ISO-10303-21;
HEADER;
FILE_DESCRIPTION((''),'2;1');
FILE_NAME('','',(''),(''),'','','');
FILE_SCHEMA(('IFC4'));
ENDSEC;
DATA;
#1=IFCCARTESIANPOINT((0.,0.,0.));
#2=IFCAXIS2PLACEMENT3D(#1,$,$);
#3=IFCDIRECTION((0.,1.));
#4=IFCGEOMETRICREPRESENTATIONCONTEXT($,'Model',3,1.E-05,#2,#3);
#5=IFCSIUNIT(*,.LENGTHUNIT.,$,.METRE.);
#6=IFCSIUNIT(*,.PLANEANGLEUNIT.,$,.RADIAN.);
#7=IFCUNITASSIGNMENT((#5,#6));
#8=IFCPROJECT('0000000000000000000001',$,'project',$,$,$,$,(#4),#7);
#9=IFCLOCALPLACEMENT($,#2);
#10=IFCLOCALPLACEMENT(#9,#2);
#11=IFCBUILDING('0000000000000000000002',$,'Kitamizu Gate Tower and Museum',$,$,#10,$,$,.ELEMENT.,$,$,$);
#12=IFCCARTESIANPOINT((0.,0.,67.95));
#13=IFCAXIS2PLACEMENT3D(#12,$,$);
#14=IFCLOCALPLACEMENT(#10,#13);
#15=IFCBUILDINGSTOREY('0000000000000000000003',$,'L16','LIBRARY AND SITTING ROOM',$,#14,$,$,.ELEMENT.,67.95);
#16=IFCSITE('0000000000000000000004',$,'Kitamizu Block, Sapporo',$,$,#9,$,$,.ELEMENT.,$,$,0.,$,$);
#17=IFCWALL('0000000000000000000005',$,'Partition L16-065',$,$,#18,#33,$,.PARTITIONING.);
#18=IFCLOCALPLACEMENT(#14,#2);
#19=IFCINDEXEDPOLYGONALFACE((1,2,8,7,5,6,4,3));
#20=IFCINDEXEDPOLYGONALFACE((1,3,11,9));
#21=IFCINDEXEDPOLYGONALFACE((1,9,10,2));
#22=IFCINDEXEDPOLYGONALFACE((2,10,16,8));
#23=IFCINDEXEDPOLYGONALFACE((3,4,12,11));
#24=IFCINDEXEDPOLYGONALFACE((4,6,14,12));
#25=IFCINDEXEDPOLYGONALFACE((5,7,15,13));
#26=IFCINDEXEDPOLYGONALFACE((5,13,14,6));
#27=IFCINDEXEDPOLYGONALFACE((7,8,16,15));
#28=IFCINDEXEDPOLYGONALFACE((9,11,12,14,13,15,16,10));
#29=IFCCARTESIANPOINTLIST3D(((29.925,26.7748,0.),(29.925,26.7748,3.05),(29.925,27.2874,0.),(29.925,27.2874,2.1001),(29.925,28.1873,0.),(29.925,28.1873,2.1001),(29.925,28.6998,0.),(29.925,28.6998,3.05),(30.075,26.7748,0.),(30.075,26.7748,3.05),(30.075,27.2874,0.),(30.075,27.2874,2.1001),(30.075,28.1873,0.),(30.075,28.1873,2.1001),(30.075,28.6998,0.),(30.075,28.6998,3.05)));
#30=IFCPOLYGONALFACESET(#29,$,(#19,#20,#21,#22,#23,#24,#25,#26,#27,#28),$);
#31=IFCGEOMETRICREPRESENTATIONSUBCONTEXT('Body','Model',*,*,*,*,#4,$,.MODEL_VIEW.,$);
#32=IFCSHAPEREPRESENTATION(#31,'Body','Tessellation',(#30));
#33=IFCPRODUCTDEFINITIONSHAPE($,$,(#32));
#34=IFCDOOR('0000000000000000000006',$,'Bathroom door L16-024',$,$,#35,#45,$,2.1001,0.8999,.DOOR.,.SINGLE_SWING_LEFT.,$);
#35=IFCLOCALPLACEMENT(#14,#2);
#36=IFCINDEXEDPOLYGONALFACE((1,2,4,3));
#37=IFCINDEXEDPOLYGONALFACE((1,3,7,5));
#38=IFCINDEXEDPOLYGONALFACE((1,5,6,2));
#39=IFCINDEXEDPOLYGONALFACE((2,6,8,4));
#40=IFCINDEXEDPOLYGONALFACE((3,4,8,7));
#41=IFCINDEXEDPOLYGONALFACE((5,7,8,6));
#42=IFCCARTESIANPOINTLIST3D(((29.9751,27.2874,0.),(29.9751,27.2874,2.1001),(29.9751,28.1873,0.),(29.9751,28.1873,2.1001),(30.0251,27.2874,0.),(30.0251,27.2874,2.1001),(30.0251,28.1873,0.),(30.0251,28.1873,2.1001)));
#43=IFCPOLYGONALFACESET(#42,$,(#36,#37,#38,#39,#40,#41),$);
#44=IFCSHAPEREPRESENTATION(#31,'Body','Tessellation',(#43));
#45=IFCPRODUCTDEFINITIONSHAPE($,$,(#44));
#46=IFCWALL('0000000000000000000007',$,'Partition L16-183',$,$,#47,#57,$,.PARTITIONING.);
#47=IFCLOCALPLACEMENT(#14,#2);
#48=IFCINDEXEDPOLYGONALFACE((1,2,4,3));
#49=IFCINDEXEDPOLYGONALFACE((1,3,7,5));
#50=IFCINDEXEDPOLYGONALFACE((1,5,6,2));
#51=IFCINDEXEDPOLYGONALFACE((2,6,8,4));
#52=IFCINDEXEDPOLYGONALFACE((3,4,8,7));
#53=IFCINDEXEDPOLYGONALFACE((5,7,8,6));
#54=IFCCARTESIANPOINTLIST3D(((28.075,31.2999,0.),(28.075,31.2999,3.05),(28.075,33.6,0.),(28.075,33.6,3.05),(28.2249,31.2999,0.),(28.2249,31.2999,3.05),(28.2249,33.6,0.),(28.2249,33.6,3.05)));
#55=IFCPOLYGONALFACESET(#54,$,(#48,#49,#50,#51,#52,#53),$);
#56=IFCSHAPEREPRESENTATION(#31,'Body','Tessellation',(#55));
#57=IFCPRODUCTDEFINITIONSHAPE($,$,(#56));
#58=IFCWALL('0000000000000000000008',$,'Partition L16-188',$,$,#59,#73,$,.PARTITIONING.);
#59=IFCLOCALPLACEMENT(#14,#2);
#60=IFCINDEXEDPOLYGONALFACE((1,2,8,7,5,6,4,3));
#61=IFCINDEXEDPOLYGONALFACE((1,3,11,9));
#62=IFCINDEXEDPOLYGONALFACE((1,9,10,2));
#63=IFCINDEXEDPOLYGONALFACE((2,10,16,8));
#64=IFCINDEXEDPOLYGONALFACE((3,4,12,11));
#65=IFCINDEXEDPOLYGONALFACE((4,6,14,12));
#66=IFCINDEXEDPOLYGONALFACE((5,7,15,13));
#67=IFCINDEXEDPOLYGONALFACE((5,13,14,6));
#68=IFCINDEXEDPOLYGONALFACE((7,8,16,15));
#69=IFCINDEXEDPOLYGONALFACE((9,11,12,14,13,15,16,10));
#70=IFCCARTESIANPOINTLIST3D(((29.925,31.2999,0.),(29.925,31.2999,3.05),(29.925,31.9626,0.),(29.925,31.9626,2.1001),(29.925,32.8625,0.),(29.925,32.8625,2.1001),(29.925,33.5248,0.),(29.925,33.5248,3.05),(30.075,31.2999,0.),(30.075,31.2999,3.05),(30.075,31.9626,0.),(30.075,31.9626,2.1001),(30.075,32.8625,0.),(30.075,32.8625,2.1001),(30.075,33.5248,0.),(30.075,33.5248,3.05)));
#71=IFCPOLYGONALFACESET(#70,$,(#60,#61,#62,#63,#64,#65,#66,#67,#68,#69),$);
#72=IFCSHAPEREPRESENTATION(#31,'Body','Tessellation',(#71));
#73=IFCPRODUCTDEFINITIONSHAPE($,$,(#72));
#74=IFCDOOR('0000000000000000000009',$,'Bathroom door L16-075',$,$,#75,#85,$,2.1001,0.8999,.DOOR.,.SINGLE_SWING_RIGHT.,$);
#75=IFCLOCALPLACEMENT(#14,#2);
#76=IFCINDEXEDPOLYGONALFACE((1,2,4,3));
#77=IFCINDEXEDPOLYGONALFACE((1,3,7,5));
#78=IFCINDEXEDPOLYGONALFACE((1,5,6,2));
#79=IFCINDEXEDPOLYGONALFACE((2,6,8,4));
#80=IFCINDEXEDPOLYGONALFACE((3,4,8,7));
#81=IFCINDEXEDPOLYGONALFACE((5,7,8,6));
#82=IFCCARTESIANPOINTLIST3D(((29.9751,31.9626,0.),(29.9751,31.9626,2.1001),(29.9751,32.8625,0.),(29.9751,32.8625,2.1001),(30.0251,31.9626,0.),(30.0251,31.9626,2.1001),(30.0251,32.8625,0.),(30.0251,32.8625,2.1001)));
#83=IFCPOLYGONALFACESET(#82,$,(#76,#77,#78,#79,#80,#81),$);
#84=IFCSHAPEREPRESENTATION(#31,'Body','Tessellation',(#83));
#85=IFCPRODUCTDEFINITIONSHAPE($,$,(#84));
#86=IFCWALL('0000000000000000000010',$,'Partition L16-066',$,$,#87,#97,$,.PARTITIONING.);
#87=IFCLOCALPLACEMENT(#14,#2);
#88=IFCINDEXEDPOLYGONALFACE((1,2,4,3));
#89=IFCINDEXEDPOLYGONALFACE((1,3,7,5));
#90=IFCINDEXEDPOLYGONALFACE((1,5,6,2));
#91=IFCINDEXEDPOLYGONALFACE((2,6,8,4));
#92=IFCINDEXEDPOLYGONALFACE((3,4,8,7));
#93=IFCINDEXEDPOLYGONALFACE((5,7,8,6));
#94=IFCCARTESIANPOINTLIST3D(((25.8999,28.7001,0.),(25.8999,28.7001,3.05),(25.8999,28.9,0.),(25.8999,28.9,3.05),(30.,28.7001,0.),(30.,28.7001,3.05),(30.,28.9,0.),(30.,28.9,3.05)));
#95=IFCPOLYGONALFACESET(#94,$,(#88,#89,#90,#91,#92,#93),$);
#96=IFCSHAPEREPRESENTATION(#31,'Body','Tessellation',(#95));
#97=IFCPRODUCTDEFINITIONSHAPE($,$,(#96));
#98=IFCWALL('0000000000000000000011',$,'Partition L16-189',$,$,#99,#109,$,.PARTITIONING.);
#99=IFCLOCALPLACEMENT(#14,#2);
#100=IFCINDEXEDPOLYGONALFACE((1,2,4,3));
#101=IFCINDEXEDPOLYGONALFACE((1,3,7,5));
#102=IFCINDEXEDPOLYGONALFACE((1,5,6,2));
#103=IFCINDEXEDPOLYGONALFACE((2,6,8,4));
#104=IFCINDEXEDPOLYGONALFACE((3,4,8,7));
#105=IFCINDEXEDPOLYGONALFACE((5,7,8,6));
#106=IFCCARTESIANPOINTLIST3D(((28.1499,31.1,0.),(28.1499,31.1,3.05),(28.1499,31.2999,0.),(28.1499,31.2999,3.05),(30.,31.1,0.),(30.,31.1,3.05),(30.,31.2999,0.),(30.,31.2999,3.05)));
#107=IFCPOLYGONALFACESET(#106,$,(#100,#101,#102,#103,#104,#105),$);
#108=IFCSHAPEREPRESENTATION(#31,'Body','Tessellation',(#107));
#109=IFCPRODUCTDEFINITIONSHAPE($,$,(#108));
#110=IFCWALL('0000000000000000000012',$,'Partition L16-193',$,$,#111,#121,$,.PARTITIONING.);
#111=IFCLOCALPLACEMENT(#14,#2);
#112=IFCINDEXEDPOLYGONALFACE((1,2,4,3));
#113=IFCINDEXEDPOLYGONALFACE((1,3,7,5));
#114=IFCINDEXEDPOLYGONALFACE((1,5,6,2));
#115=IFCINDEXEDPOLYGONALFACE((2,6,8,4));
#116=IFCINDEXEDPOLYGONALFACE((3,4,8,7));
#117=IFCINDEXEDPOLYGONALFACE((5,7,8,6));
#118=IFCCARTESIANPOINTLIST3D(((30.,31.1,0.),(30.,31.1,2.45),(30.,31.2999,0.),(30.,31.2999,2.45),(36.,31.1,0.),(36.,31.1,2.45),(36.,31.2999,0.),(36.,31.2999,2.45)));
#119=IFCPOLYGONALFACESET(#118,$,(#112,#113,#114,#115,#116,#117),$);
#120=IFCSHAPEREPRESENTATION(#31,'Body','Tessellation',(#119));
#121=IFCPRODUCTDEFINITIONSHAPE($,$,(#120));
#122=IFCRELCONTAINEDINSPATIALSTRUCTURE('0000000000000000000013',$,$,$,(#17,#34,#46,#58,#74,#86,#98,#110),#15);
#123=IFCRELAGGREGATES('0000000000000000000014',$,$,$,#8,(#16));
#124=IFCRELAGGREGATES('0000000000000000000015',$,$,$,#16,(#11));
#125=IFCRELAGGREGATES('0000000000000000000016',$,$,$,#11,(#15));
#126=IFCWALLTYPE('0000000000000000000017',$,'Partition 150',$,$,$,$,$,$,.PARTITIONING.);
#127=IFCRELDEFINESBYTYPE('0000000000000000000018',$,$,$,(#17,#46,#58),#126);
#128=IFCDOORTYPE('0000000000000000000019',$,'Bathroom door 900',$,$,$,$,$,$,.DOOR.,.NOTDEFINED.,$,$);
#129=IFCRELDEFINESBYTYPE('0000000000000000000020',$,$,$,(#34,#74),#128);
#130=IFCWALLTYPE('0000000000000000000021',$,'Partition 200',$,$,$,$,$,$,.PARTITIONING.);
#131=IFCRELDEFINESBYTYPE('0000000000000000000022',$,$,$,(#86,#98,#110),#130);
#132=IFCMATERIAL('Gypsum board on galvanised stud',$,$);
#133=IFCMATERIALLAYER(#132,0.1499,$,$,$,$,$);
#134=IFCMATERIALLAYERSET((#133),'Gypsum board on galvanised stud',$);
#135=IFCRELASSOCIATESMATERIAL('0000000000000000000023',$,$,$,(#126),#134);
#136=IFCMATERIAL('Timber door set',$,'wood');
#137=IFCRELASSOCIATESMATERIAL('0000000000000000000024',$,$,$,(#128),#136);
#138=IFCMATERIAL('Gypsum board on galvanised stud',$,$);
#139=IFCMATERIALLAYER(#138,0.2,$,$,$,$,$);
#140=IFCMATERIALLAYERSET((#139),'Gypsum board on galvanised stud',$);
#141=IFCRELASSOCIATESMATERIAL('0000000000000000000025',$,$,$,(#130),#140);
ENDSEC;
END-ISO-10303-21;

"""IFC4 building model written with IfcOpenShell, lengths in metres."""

from ifc_helpers import new_model, si_unit, direction, frame, frame_2d, origin, place, context, subcontext, project, spatial, rectangle, extrude, material, layer, layer_set, type_object, element, fill, save


model = new_model("IFC4")

# Units and contexts
model_context = context("Model", 3, precision=1e-05, world=origin(), true_north=direction((0.0, 1.0)))
body_context = subcontext(model_context, "Body", "Model", "MODEL_VIEW")
ifc_project = project(units=[si_unit("LENGTHUNIT", "METRE"), si_unit("PLANEANGLEUNIT", "RADIAN")], contexts=[model_context])

# Site, building, storey
site_placement = place(None, origin())
site = spatial("IfcSite", under=ifc_project, at=site_placement, Name="Kitamizu Block, Sapporo", CompositionType="ELEMENT", RefElevation=0.0)
building_placement = place(site_placement, origin())
building = spatial("IfcBuilding", under=site, at=building_placement, Name="Kitamizu Gate Tower and Museum", CompositionType="ELEMENT")
storey_placement = place(building_placement, frame((0.0, 0.0, 67.95)))
storey = spatial("IfcBuildingStorey", under=building, at=storey_placement, Name="L16", Description="LIBRARY AND SITTING ROOM", CompositionType="ELEMENT", Elevation=67.95)

# Shared definitions
ifc_material_1 = material(Name="Gypsum board on galvanised stud")
ifc_layer_1 = layer(ifc_material_1, 0.1499)
ifc_layer_set_1 = layer_set([ifc_layer_1], Name="Gypsum board on galvanised stud")
wall_type_1 = type_object("IfcWallType", Name="Partition 150", PredefinedType="PARTITIONING", material=ifc_layer_set_1)
ifc_material_2 = material(Name="Timber door set", Category="wood")
door_type_1 = type_object("IfcDoorType", Name="Bathroom door 900", OperationType="NOTDEFINED", PredefinedType="DOOR", material=ifc_material_2)

# Wall, opening, door
wall_1_placement = place(storey_placement, frame((30.0, 26.7749, 0.0), z_axis=(0.0, 0.0, 1.0), x_axis=(0.0, 1.0, 0.0)))
wall_1 = element("IfcWall", 1, at=wall_1_placement, inside=storey, type_object=wall_type_1, Name="Partition L16-065", PredefinedType="PARTITIONING", context=body_context, shape_type="SweptSolid", body=[
    extrude(rectangle(XDim=1.925, YDim=0.1499, at=frame_2d((0.9624, 0.0))), origin(), (0.0, 0.0, 1.0), 3.05),
])
opening_1_placement = place(wall_1_placement, frame((0.5125, 0.0, 0.0)))
opening_1 = element("IfcOpeningElement", 2, at=opening_1_placement, cuts=wall_1, PredefinedType="OPENING", context=body_context, shape_type="SweptSolid", body=[
    extrude(rectangle(XDim=0.8999, YDim=2.1001, at=frame_2d((0.45, 1.05))), frame((0.0, 0.085, 0.0), z_axis=(0.0, -1.0, 0.0), x_axis=(1.0, 0.0, 0.0)), (0.0, 0.0, 1.0), 0.1699),
])
door_1_placement = place(opening_1_placement, origin())
door_1 = element("IfcDoor", 3, at=door_1_placement, inside=storey, type_object=door_type_1, Name="Bathroom door L16-024", OperationType="SINGLE_SWING_LEFT", OverallHeight=2.1001, OverallWidth=0.8999, PredefinedType="DOOR", context=body_context, shape_type="SweptSolid", body=[
    extrude(rectangle(XDim=0.8999, YDim=2.1001, at=frame_2d((0.45, 1.05))), frame((0.0, 0.0249, 0.0), z_axis=(0.0, -1.0, 0.0), x_axis=(1.0, 0.0, 0.0)), (0.0, 0.0, 1.0), 0.05),
])
fill(opening_1, door_1)

# Wall
wall_2_placement = place(storey_placement, frame((28.1499, 31.3, 0.0), z_axis=(0.0, 0.0, 1.0), x_axis=(0.0, 1.0, 0.0)))
element("IfcWall", 4, at=wall_2_placement, inside=storey, type_object=wall_type_1, Name="Partition L16-183", PredefinedType="PARTITIONING", context=body_context, shape_type="SweptSolid", body=[
    extrude(rectangle(XDim=2.3, YDim=0.1499, at=frame_2d((1.1499, 0.0))), origin(), (0.0, 0.0, 1.0), 3.05),
])

# Wall, opening, door
wall_3_placement = place(storey_placement, frame((30.0, 31.3, 0.0), z_axis=(0.0, 0.0, 1.0), x_axis=(0.0, 1.0, 0.0)))
wall_3 = element("IfcWall", 5, at=wall_3_placement, inside=storey, type_object=wall_type_1, Name="Partition L16-188", PredefinedType="PARTITIONING", context=body_context, shape_type="SweptSolid", body=[
    extrude(rectangle(XDim=2.2249, YDim=0.1499, at=frame_2d((1.1123, 0.0))), origin(), (0.0, 0.0, 1.0), 3.05),
])
opening_2_placement = place(wall_3_placement, frame((0.6626, 0.0, 0.0)))
opening_2 = element("IfcOpeningElement", 6, at=opening_2_placement, cuts=wall_3, PredefinedType="OPENING", context=body_context, shape_type="SweptSolid", body=[
    extrude(rectangle(XDim=0.8999, YDim=2.1001, at=frame_2d((0.45, 1.05))), frame((0.0, 0.085, 0.0), z_axis=(0.0, -1.0, 0.0), x_axis=(1.0, 0.0, 0.0)), (0.0, 0.0, 1.0), 0.1699),
])
door_2_placement = place(opening_2_placement, origin())
door_2 = element("IfcDoor", 7, at=door_2_placement, inside=storey, type_object=door_type_1, Name="Bathroom door L16-075", OperationType="SINGLE_SWING_RIGHT", OverallHeight=2.1001, OverallWidth=0.8999, PredefinedType="DOOR", context=body_context, shape_type="SweptSolid", body=[
    extrude(rectangle(XDim=0.8999, YDim=2.1001, at=frame_2d((0.45, 1.05))), frame((0.0, 0.0249, 0.0), z_axis=(0.0, -1.0, 0.0), x_axis=(1.0, 0.0, 0.0)), (0.0, 0.0, 1.0), 0.05),
])
fill(opening_2, door_2)

# Walls
ifc_material_3 = material(Name="Gypsum board on galvanised stud")
ifc_layer_2 = layer(ifc_material_3, 0.2)
ifc_layer_set_2 = layer_set([ifc_layer_2], Name="Gypsum board on galvanised stud")
wall_type_2 = type_object("IfcWallType", Name="Partition 200", PredefinedType="PARTITIONING", material=ifc_layer_set_2)
wall_4_placement = place(storey_placement, frame((30.0, 28.8, 0.0), z_axis=(0.0, 0.0, 1.0), x_axis=(-1.0, 0.0, 0.0)))
element("IfcWall", 8, at=wall_4_placement, inside=storey, type_object=wall_type_2, Name="Partition L16-066", PredefinedType="PARTITIONING", context=body_context, shape_type="SweptSolid", body=[
    extrude(rectangle(XDim=4.1001, YDim=0.2, at=frame_2d((2.05, 0.0))), origin(), (0.0, 0.0, 1.0), 3.05),
])
wall_5_placement = place(storey_placement, frame((28.1499, 31.2, 0.0), z_axis=(0.0, 0.0, 1.0), x_axis=(1.0, 0.0, 0.0)))
element("IfcWall", 9, at=wall_5_placement, inside=storey, type_object=wall_type_2, Name="Partition L16-189", PredefinedType="PARTITIONING", context=body_context, shape_type="SweptSolid", body=[
    extrude(rectangle(XDim=1.8501, YDim=0.2, at=frame_2d((0.925, 0.0))), origin(), (0.0, 0.0, 1.0), 3.05),
])
wall_6_placement = place(storey_placement, frame((30.0, 31.2, 0.0), z_axis=(0.0, 0.0, 1.0), x_axis=(1.0, 0.0, 0.0)))
element("IfcWall", 10, at=wall_6_placement, inside=storey, type_object=wall_type_2, Name="Partition L16-193", PredefinedType="PARTITIONING", context=body_context, shape_type="SweptSolid", body=[
    extrude(rectangle(XDim=6.0, YDim=0.2, at=frame_2d((3.0, 0.0))), origin(), (0.0, 0.0, 1.0), 2.45),
])

save(model, "model.ifc")
